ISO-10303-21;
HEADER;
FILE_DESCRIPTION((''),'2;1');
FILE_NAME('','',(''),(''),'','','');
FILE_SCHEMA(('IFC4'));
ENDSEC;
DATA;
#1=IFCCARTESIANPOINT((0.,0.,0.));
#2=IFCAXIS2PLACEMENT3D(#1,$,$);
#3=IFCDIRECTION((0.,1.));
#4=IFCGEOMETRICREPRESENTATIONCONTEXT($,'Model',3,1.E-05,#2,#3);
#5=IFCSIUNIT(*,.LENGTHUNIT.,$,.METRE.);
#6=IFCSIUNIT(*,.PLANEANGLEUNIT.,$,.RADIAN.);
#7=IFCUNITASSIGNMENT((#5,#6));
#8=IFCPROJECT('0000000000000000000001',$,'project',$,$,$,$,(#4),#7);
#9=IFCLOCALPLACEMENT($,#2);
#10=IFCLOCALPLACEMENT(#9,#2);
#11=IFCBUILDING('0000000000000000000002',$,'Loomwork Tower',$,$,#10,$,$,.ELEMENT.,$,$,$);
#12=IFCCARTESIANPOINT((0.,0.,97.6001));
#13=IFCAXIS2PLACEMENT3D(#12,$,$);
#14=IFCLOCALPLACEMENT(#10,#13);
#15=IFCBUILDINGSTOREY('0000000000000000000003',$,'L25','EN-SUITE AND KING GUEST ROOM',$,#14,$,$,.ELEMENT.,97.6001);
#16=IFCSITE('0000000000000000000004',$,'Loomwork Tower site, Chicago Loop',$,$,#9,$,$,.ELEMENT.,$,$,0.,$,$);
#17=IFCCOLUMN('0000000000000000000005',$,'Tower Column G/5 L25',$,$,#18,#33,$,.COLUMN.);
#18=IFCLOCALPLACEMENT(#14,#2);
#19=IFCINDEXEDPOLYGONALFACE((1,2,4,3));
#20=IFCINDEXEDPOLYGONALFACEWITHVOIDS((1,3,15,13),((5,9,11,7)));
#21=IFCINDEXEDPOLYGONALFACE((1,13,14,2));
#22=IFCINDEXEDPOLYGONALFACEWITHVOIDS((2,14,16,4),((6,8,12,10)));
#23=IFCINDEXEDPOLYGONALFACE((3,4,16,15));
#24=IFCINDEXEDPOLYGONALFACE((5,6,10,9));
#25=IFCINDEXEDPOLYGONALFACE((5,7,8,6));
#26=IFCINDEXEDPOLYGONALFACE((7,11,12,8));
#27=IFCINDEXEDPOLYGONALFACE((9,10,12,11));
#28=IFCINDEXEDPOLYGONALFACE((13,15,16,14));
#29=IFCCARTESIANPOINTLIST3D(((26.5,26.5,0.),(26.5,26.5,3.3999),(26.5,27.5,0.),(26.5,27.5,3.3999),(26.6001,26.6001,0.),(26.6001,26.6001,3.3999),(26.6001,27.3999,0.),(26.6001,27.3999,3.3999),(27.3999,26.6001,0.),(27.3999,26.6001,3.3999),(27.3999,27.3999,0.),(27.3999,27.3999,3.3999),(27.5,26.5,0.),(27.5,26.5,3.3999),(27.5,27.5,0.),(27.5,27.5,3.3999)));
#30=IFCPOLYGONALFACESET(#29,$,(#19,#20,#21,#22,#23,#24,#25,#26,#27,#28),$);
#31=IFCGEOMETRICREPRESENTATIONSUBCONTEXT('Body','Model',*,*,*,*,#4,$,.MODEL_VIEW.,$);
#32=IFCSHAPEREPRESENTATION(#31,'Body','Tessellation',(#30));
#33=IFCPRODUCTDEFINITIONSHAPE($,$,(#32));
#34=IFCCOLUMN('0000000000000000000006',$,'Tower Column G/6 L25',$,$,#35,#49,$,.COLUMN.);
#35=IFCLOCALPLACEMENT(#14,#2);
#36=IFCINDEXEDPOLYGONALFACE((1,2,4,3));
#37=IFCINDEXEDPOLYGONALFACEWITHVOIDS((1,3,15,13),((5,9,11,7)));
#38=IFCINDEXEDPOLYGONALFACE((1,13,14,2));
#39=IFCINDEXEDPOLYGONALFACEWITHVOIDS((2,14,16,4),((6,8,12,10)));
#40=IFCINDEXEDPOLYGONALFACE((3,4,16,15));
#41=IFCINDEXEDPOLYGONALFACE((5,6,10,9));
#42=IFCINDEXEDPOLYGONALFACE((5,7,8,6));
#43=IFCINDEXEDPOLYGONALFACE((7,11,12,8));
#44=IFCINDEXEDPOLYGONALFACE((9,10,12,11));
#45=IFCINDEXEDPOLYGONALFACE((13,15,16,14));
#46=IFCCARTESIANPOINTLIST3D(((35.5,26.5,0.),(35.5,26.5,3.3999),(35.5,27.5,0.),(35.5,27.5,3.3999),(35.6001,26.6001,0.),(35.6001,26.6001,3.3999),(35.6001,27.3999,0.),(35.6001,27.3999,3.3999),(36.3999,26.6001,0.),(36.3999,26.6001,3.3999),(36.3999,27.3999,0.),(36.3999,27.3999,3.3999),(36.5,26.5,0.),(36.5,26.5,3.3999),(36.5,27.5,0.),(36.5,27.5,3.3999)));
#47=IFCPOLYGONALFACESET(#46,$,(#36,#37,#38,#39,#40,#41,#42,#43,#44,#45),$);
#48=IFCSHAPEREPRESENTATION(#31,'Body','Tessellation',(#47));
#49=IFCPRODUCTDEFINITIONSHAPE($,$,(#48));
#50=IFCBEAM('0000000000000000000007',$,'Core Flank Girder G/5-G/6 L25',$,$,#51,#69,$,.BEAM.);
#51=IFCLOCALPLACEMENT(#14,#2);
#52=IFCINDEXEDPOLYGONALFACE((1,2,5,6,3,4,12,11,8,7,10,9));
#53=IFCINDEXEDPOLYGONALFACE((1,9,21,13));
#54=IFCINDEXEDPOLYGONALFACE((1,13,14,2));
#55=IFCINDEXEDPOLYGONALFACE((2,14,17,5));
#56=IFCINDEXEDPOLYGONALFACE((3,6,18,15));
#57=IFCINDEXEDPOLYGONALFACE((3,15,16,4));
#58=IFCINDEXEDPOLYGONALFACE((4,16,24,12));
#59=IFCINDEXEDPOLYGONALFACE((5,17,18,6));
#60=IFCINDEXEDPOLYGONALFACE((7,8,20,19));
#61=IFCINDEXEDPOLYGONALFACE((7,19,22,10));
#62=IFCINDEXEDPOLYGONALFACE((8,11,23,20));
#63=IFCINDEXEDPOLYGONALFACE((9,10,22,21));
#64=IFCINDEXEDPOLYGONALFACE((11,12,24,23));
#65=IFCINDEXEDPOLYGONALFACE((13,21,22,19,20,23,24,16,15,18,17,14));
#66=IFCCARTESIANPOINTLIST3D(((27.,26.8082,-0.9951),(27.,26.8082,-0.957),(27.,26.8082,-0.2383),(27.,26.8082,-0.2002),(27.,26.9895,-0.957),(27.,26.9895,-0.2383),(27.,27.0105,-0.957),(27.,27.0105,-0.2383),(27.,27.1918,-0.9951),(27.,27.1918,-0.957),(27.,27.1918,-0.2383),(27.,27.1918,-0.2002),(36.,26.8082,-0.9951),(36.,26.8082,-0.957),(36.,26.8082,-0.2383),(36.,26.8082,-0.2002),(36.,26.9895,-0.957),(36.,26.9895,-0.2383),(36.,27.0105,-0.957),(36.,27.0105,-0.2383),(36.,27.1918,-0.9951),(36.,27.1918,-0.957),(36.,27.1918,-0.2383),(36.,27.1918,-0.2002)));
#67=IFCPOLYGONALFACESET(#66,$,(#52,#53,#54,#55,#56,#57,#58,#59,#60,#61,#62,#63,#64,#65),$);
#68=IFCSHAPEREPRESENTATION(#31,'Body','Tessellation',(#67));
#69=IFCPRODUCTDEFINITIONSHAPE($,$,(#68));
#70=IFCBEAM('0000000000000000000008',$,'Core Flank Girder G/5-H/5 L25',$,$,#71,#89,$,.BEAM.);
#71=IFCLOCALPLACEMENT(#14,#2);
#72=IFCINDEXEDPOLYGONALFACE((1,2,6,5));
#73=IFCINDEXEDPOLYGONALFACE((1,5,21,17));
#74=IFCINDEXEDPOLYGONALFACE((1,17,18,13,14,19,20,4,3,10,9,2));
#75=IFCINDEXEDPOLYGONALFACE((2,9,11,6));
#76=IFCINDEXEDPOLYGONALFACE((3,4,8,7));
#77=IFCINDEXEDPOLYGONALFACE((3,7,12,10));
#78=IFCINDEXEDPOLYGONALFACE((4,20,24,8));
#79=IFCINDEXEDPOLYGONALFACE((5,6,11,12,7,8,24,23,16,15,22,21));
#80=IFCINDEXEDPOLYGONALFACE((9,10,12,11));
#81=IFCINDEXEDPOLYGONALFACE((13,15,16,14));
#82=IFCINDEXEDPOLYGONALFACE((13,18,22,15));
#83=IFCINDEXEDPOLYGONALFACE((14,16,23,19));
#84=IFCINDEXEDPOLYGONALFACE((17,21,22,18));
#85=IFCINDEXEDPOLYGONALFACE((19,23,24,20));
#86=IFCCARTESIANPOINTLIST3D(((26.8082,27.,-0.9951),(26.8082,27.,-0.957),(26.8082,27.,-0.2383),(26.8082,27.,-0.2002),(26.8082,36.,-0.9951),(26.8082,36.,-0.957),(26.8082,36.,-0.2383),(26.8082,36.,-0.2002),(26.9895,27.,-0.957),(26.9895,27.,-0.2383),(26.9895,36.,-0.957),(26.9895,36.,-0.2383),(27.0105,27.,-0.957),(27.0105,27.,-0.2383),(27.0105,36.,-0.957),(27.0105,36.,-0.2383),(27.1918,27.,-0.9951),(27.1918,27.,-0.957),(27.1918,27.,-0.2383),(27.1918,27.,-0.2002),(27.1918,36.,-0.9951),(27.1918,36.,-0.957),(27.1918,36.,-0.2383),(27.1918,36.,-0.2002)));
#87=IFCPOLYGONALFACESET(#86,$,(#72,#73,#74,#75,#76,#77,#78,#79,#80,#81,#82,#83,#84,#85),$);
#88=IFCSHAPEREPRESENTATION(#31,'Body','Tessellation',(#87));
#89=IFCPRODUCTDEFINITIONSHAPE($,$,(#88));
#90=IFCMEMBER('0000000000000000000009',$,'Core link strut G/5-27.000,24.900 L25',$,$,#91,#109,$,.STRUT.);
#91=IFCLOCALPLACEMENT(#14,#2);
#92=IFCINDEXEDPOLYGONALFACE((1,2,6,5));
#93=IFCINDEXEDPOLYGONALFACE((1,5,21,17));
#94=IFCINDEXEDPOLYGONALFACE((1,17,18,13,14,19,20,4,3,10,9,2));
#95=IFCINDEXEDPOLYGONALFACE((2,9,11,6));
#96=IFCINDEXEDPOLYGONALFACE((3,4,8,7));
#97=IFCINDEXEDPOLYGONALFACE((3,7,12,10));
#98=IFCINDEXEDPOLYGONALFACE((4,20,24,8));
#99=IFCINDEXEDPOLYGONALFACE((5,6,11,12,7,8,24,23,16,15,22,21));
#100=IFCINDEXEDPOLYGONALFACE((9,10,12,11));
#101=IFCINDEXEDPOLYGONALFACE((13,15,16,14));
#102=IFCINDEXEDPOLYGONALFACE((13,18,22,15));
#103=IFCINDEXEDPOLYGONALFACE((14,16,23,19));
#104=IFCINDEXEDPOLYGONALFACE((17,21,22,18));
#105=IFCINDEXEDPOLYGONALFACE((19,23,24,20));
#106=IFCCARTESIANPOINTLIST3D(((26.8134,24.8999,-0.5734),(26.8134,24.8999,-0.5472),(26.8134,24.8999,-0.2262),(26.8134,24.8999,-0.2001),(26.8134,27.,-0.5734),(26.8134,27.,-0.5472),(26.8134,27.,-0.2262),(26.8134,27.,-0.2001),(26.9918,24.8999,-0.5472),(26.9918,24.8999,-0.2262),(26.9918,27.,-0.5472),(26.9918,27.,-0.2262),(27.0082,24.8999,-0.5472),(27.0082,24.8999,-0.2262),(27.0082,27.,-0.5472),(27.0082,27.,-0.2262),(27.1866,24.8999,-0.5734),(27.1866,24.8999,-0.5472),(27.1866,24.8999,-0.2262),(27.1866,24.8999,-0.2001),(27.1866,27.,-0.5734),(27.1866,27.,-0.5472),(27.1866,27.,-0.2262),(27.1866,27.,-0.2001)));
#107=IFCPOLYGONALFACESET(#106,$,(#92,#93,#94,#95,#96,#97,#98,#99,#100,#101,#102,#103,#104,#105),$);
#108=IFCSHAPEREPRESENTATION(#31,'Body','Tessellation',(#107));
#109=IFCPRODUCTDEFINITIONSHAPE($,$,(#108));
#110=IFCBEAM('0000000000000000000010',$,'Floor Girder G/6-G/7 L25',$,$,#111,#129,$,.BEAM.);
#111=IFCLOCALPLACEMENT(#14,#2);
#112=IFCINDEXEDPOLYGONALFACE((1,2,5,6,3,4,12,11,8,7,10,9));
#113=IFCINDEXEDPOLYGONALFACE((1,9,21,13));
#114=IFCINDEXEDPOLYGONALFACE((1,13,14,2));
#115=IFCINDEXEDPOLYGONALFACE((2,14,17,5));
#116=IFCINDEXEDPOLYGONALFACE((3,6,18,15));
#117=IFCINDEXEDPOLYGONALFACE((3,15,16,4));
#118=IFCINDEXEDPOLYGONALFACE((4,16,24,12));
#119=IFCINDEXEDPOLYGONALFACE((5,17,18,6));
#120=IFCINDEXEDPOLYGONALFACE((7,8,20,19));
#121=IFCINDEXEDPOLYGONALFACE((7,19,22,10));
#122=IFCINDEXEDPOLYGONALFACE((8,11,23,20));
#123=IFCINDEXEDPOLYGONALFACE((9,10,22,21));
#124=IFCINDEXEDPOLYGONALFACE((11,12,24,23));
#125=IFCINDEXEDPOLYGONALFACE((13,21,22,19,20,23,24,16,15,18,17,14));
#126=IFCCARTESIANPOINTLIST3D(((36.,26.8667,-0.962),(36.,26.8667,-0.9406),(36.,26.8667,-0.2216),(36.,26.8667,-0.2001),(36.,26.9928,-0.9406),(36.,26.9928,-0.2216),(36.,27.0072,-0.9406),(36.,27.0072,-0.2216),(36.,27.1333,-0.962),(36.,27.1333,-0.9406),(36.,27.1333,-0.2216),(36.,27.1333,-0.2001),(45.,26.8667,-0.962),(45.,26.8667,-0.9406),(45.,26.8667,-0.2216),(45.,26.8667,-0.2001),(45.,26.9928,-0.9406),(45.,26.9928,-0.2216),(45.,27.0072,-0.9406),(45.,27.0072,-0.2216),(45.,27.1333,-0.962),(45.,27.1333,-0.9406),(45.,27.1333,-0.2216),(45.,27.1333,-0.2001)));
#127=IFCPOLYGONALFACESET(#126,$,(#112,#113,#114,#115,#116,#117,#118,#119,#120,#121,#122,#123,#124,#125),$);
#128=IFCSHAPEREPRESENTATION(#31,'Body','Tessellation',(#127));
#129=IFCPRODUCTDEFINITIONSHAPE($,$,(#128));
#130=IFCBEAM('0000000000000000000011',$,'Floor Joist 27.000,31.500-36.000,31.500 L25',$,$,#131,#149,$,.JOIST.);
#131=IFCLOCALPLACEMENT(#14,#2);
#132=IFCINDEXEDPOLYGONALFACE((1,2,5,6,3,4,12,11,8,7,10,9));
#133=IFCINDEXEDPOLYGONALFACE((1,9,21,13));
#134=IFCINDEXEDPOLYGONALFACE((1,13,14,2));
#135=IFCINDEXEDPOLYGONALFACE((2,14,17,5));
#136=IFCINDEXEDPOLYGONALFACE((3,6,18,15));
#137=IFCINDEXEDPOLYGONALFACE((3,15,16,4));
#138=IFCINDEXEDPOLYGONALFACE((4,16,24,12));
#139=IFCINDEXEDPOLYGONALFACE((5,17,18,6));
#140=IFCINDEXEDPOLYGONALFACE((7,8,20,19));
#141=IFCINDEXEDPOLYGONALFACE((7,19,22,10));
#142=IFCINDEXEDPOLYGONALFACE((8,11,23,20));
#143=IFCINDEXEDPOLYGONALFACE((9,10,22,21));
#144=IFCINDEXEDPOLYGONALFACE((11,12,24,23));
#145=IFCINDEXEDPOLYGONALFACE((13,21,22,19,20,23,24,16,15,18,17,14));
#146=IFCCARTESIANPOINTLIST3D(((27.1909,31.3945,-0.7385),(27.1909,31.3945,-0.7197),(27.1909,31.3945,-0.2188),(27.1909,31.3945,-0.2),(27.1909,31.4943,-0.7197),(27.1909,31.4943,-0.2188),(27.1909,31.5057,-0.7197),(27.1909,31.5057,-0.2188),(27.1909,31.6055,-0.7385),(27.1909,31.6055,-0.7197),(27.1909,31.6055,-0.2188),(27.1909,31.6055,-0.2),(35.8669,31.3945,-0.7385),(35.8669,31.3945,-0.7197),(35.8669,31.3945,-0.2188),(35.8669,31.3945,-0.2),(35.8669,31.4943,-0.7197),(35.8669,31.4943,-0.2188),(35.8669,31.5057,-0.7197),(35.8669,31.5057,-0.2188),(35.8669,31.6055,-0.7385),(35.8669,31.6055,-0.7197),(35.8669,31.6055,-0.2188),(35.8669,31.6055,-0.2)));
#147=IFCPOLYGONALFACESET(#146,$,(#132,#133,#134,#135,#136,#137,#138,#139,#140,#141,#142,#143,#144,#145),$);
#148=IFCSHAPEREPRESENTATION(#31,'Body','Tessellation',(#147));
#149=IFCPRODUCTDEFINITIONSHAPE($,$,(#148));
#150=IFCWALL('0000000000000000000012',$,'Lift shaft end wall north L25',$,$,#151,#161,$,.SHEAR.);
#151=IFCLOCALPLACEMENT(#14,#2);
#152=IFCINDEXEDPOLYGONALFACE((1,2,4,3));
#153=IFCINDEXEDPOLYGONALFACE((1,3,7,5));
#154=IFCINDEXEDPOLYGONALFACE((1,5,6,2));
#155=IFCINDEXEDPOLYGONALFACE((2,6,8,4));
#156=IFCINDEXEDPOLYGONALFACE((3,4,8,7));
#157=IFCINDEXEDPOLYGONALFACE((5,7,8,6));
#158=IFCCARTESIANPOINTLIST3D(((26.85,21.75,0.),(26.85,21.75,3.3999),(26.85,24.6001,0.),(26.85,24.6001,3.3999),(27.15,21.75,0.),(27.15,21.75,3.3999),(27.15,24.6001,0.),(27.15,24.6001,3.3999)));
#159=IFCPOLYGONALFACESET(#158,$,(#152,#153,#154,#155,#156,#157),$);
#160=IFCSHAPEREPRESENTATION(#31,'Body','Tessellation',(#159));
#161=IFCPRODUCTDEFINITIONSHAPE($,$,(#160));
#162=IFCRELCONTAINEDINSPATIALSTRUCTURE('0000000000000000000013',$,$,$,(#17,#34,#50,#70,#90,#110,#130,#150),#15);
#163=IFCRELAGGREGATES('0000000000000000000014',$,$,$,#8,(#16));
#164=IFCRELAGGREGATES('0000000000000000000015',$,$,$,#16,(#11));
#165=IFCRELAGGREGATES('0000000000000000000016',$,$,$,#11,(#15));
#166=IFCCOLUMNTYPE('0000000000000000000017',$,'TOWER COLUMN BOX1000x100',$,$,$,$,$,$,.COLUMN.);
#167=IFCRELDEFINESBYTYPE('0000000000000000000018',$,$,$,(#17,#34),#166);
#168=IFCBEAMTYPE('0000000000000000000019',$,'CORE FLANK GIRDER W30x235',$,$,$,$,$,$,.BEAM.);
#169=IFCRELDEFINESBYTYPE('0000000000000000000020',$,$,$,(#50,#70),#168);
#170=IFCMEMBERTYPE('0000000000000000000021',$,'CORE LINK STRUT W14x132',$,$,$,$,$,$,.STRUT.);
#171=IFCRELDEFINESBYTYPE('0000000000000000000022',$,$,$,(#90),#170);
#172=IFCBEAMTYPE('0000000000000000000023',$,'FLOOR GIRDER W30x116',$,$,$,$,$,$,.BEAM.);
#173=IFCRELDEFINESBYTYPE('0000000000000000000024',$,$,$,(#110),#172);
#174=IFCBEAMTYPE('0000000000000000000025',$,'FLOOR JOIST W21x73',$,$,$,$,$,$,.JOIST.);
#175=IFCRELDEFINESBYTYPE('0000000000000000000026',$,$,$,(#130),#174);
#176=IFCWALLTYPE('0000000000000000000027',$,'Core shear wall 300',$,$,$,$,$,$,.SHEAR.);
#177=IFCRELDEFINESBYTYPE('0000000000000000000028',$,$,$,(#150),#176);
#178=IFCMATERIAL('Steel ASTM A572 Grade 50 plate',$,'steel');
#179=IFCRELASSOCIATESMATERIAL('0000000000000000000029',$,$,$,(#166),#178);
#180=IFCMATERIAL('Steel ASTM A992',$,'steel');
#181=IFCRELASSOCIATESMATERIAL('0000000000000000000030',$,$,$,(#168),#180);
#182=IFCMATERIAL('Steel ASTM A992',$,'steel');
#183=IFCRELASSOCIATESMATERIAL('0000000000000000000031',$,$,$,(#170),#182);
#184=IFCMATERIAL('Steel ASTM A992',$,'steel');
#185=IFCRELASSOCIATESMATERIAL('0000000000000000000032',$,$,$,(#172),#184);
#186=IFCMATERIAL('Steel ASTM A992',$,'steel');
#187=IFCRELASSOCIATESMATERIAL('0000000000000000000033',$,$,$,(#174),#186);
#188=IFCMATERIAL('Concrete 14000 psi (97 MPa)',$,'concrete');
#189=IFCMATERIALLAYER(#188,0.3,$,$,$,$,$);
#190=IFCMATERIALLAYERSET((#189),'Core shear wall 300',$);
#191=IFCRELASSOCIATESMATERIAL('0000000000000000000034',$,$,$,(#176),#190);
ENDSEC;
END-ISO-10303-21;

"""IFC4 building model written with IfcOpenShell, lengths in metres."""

from ifc_helpers import new_model, si_unit, direction, frame, frame_2d, origin, origin_2d, place, context, subcontext, project, spatial, rectangle, hollow_rectangle, i_section, extrude, material, layer, layer_set, material_profile, profile_set, type_object, element, save


model = new_model("IFC4")

# Units and contexts
model_context = context("Model", 3, precision=1e-05, world=origin(), true_north=direction((0.0, 1.0)))
body_context = subcontext(model_context, "Body", "Model", "MODEL_VIEW")
ifc_project = project(units=[si_unit("LENGTHUNIT", "METRE"), si_unit("PLANEANGLEUNIT", "RADIAN")], contexts=[model_context])

# Site, building, storey
site_placement = place(None, origin())
site = spatial("IfcSite", under=ifc_project, at=site_placement, Name="Loomwork Tower site, Chicago Loop", CompositionType="ELEMENT", RefElevation=0.0)
building_placement = place(site_placement, origin())
building = spatial("IfcBuilding", under=site, at=building_placement, Name="Loomwork Tower", CompositionType="ELEMENT")
storey_placement = place(building_placement, frame((0.0, 0.0, 97.6001)))
storey = spatial("IfcBuildingStorey", under=building, at=storey_placement, Name="L25", Description="EN-SUITE AND KING GUEST ROOM", CompositionType="ELEMENT", Elevation=97.6001)

# Columns
ifc_material_1 = material(Name="Steel ASTM A572 Grade 50 plate", Category="steel")
ifc_material_profile_1 = material_profile(ifc_material_1, hollow_rectangle(XDim=1.0, YDim=1.0, WallThickness=0.1001, at=origin_2d()), Name="BOX1000x100")
ifc_profile_set_1 = profile_set([ifc_material_profile_1], Name="Steel ASTM A572 Grade 50 plate")
column_type = type_object("IfcColumnType", Name="TOWER COLUMN BOX1000x100", PredefinedType="COLUMN", material=ifc_profile_set_1)
for number, where, z_axis, x_axis, name in (
    (1, (27.0, 27.0, 0.0), (0.0, 0.0, 1.0), (1.0, 0.0, 0.0), "Tower Column G/5 L25"),
    (2, (36.0, 27.0, 0.0), (0.0, 0.0, 1.0), (1.0, 0.0, 0.0), "Tower Column G/6 L25"),
):
    element("IfcColumn", number, at=place(storey_placement, frame(where, z_axis=z_axis, x_axis=x_axis)), inside=storey, type_object=column_type, Name=name, PredefinedType="COLUMN", context=body_context, shape_type="SweptSolid", body=[
        extrude(hollow_rectangle(XDim=1.0, YDim=1.0, WallThickness=0.1001, at=origin_2d()), origin(), (0.0, 0.0, 1.0), 3.3999),
    ])

# Beams
ifc_material_2 = material(Name="Steel ASTM A992", Category="steel")
ifc_material_profile_2 = material_profile(ifc_material_2, i_section(OverallWidth=0.3835, OverallDepth=0.7949, WebThickness=0.021, FlangeThickness=0.0381, at=origin_2d()), Name="W30x235")
ifc_profile_set_2 = profile_set([ifc_material_profile_2], Name="Steel ASTM A992")
beam_type_1 = type_object("IfcBeamType", Name="CORE FLANK GIRDER W30x235", PredefinedType="BEAM", material=ifc_profile_set_2)
for number, where, z_axis, x_axis, name in (
    (3, (27.0, 27.0, -0.5977), (1.0, 0.0, 0.0), (0.0, 1.0, 0.0), "Core Flank Girder G/5-G/6 L25"),
    (4, (27.0, 27.0, -0.5977), (0.0, 1.0, 0.0), (-1.0, 0.0, 0.0), "Core Flank Girder G/5-H/5 L25"),
):
    element("IfcBeam", number, at=place(storey_placement, frame(where, z_axis=z_axis, x_axis=x_axis)), inside=storey, type_object=beam_type_1, Name=name, PredefinedType="BEAM", context=body_context, shape_type="SweptSolid", body=[
        extrude(i_section(OverallWidth=0.3835, OverallDepth=0.7949, WebThickness=0.021, FlangeThickness=0.0381, at=origin_2d()), origin(), (0.0, 0.0, 1.0), 9.0),
    ])

# Member
ifc_material_3 = material(Name="Steel ASTM A992", Category="steel")
ifc_material_profile_3 = material_profile(ifc_material_3, i_section(OverallWidth=0.3733, OverallDepth=0.3733, WebThickness=0.0164, FlangeThickness=0.0261, at=origin_2d()), Name="W14x132")
ifc_profile_set_3 = profile_set([ifc_material_profile_3], Name="Steel ASTM A992")
member_type = type_object("IfcMemberType", Name="CORE LINK STRUT W14x132", PredefinedType="STRUT", material=ifc_profile_set_3)
member_placement = place(storey_placement, frame((27.0, 27.0, -0.3867), z_axis=(0.0, -1.0, 0.0), x_axis=(1.0, 0.0, 0.0)))
element("IfcMember", 5, at=member_placement, inside=storey, type_object=member_type, Name="Core link strut G/5-27.000,24.900 L25", PredefinedType="STRUT", context=body_context, shape_type="SweptSolid", body=[
    extrude(i_section(OverallWidth=0.3733, OverallDepth=0.3733, WebThickness=0.0164, FlangeThickness=0.0261, at=origin_2d()), origin(), (0.0, 0.0, 1.0), 2.1001),
])

# Beams
ifc_material_4 = material(Name="Steel ASTM A992", Category="steel")
ifc_material_profile_4 = material_profile(ifc_material_4, i_section(OverallWidth=0.2666, OverallDepth=0.762, WebThickness=0.0144, FlangeThickness=0.0215, at=origin_2d()), Name="W30x116")
ifc_profile_set_4 = profile_set([ifc_material_profile_4], Name="Steel ASTM A992")
beam_type_2 = type_object("IfcBeamType", Name="FLOOR GIRDER W30x116", PredefinedType="BEAM", material=ifc_profile_set_4)
beam_1_placement = place(storey_placement, frame((36.0, 27.0, -0.5811), z_axis=(1.0, 0.0, 0.0), x_axis=(0.0, 1.0, 0.0)))
element("IfcBeam", 6, at=beam_1_placement, inside=storey, type_object=beam_type_2, Name="Floor Girder G/6-G/7 L25", PredefinedType="BEAM", context=body_context, shape_type="SweptSolid", body=[
    extrude(i_section(OverallWidth=0.2666, OverallDepth=0.762, WebThickness=0.0144, FlangeThickness=0.0215, at=origin_2d()), origin(), (0.0, 0.0, 1.0), 9.0),
])
ifc_material_5 = material(Name="Steel ASTM A992", Category="steel")
ifc_material_profile_5 = material_profile(ifc_material_5, i_section(OverallWidth=0.2109, OverallDepth=0.5386, WebThickness=0.0115, FlangeThickness=0.0188, at=origin_2d()), Name="W21x73")
ifc_profile_set_5 = profile_set([ifc_material_profile_5], Name="Steel ASTM A992")
beam_type_3 = type_object("IfcBeamType", Name="FLOOR JOIST W21x73", PredefinedType="JOIST", material=ifc_profile_set_5)
beam_2_placement = place(storey_placement, frame((27.1909, 31.5, -0.4692), z_axis=(1.0, 0.0, 0.0), x_axis=(0.0, 1.0, 0.0)))
element("IfcBeam", 7, at=beam_2_placement, inside=storey, type_object=beam_type_3, Name="Floor Joist 27.000,31.500-36.000,31.500 L25", PredefinedType="JOIST", context=body_context, shape_type="SweptSolid", body=[
    extrude(i_section(OverallWidth=0.2109, OverallDepth=0.5386, WebThickness=0.0115, FlangeThickness=0.0188, at=origin_2d()), origin(), (0.0, 0.0, 1.0), 8.676),
])

# Wall
ifc_material_6 = material(Name="Concrete 14000 psi (97 MPa)", Category="concrete")
ifc_layer_1 = layer(ifc_material_6, 0.3)
ifc_layer_set_1 = layer_set([ifc_layer_1], Name="Core shear wall 300")
wall_type_1 = type_object("IfcWallType", Name="Core shear wall 300", PredefinedType="SHEAR", material=ifc_layer_set_1)
wall_1_placement = place(storey_placement, frame((27.0, 21.75, 0.0), z_axis=(0.0, 0.0, 1.0), x_axis=(0.0, 1.0, 0.0)))
element("IfcWall", 8, at=wall_1_placement, inside=storey, type_object=wall_type_1, Name="Lift shaft end wall north L25", PredefinedType="SHEAR", context=body_context, shape_type="SweptSolid", body=[
    extrude(rectangle(XDim=2.8501, YDim=0.3, at=frame_2d((1.425, 0.0))), origin(), (0.0, 0.0, 1.0), 3.3999),
])

save(model, "model.ifc")
